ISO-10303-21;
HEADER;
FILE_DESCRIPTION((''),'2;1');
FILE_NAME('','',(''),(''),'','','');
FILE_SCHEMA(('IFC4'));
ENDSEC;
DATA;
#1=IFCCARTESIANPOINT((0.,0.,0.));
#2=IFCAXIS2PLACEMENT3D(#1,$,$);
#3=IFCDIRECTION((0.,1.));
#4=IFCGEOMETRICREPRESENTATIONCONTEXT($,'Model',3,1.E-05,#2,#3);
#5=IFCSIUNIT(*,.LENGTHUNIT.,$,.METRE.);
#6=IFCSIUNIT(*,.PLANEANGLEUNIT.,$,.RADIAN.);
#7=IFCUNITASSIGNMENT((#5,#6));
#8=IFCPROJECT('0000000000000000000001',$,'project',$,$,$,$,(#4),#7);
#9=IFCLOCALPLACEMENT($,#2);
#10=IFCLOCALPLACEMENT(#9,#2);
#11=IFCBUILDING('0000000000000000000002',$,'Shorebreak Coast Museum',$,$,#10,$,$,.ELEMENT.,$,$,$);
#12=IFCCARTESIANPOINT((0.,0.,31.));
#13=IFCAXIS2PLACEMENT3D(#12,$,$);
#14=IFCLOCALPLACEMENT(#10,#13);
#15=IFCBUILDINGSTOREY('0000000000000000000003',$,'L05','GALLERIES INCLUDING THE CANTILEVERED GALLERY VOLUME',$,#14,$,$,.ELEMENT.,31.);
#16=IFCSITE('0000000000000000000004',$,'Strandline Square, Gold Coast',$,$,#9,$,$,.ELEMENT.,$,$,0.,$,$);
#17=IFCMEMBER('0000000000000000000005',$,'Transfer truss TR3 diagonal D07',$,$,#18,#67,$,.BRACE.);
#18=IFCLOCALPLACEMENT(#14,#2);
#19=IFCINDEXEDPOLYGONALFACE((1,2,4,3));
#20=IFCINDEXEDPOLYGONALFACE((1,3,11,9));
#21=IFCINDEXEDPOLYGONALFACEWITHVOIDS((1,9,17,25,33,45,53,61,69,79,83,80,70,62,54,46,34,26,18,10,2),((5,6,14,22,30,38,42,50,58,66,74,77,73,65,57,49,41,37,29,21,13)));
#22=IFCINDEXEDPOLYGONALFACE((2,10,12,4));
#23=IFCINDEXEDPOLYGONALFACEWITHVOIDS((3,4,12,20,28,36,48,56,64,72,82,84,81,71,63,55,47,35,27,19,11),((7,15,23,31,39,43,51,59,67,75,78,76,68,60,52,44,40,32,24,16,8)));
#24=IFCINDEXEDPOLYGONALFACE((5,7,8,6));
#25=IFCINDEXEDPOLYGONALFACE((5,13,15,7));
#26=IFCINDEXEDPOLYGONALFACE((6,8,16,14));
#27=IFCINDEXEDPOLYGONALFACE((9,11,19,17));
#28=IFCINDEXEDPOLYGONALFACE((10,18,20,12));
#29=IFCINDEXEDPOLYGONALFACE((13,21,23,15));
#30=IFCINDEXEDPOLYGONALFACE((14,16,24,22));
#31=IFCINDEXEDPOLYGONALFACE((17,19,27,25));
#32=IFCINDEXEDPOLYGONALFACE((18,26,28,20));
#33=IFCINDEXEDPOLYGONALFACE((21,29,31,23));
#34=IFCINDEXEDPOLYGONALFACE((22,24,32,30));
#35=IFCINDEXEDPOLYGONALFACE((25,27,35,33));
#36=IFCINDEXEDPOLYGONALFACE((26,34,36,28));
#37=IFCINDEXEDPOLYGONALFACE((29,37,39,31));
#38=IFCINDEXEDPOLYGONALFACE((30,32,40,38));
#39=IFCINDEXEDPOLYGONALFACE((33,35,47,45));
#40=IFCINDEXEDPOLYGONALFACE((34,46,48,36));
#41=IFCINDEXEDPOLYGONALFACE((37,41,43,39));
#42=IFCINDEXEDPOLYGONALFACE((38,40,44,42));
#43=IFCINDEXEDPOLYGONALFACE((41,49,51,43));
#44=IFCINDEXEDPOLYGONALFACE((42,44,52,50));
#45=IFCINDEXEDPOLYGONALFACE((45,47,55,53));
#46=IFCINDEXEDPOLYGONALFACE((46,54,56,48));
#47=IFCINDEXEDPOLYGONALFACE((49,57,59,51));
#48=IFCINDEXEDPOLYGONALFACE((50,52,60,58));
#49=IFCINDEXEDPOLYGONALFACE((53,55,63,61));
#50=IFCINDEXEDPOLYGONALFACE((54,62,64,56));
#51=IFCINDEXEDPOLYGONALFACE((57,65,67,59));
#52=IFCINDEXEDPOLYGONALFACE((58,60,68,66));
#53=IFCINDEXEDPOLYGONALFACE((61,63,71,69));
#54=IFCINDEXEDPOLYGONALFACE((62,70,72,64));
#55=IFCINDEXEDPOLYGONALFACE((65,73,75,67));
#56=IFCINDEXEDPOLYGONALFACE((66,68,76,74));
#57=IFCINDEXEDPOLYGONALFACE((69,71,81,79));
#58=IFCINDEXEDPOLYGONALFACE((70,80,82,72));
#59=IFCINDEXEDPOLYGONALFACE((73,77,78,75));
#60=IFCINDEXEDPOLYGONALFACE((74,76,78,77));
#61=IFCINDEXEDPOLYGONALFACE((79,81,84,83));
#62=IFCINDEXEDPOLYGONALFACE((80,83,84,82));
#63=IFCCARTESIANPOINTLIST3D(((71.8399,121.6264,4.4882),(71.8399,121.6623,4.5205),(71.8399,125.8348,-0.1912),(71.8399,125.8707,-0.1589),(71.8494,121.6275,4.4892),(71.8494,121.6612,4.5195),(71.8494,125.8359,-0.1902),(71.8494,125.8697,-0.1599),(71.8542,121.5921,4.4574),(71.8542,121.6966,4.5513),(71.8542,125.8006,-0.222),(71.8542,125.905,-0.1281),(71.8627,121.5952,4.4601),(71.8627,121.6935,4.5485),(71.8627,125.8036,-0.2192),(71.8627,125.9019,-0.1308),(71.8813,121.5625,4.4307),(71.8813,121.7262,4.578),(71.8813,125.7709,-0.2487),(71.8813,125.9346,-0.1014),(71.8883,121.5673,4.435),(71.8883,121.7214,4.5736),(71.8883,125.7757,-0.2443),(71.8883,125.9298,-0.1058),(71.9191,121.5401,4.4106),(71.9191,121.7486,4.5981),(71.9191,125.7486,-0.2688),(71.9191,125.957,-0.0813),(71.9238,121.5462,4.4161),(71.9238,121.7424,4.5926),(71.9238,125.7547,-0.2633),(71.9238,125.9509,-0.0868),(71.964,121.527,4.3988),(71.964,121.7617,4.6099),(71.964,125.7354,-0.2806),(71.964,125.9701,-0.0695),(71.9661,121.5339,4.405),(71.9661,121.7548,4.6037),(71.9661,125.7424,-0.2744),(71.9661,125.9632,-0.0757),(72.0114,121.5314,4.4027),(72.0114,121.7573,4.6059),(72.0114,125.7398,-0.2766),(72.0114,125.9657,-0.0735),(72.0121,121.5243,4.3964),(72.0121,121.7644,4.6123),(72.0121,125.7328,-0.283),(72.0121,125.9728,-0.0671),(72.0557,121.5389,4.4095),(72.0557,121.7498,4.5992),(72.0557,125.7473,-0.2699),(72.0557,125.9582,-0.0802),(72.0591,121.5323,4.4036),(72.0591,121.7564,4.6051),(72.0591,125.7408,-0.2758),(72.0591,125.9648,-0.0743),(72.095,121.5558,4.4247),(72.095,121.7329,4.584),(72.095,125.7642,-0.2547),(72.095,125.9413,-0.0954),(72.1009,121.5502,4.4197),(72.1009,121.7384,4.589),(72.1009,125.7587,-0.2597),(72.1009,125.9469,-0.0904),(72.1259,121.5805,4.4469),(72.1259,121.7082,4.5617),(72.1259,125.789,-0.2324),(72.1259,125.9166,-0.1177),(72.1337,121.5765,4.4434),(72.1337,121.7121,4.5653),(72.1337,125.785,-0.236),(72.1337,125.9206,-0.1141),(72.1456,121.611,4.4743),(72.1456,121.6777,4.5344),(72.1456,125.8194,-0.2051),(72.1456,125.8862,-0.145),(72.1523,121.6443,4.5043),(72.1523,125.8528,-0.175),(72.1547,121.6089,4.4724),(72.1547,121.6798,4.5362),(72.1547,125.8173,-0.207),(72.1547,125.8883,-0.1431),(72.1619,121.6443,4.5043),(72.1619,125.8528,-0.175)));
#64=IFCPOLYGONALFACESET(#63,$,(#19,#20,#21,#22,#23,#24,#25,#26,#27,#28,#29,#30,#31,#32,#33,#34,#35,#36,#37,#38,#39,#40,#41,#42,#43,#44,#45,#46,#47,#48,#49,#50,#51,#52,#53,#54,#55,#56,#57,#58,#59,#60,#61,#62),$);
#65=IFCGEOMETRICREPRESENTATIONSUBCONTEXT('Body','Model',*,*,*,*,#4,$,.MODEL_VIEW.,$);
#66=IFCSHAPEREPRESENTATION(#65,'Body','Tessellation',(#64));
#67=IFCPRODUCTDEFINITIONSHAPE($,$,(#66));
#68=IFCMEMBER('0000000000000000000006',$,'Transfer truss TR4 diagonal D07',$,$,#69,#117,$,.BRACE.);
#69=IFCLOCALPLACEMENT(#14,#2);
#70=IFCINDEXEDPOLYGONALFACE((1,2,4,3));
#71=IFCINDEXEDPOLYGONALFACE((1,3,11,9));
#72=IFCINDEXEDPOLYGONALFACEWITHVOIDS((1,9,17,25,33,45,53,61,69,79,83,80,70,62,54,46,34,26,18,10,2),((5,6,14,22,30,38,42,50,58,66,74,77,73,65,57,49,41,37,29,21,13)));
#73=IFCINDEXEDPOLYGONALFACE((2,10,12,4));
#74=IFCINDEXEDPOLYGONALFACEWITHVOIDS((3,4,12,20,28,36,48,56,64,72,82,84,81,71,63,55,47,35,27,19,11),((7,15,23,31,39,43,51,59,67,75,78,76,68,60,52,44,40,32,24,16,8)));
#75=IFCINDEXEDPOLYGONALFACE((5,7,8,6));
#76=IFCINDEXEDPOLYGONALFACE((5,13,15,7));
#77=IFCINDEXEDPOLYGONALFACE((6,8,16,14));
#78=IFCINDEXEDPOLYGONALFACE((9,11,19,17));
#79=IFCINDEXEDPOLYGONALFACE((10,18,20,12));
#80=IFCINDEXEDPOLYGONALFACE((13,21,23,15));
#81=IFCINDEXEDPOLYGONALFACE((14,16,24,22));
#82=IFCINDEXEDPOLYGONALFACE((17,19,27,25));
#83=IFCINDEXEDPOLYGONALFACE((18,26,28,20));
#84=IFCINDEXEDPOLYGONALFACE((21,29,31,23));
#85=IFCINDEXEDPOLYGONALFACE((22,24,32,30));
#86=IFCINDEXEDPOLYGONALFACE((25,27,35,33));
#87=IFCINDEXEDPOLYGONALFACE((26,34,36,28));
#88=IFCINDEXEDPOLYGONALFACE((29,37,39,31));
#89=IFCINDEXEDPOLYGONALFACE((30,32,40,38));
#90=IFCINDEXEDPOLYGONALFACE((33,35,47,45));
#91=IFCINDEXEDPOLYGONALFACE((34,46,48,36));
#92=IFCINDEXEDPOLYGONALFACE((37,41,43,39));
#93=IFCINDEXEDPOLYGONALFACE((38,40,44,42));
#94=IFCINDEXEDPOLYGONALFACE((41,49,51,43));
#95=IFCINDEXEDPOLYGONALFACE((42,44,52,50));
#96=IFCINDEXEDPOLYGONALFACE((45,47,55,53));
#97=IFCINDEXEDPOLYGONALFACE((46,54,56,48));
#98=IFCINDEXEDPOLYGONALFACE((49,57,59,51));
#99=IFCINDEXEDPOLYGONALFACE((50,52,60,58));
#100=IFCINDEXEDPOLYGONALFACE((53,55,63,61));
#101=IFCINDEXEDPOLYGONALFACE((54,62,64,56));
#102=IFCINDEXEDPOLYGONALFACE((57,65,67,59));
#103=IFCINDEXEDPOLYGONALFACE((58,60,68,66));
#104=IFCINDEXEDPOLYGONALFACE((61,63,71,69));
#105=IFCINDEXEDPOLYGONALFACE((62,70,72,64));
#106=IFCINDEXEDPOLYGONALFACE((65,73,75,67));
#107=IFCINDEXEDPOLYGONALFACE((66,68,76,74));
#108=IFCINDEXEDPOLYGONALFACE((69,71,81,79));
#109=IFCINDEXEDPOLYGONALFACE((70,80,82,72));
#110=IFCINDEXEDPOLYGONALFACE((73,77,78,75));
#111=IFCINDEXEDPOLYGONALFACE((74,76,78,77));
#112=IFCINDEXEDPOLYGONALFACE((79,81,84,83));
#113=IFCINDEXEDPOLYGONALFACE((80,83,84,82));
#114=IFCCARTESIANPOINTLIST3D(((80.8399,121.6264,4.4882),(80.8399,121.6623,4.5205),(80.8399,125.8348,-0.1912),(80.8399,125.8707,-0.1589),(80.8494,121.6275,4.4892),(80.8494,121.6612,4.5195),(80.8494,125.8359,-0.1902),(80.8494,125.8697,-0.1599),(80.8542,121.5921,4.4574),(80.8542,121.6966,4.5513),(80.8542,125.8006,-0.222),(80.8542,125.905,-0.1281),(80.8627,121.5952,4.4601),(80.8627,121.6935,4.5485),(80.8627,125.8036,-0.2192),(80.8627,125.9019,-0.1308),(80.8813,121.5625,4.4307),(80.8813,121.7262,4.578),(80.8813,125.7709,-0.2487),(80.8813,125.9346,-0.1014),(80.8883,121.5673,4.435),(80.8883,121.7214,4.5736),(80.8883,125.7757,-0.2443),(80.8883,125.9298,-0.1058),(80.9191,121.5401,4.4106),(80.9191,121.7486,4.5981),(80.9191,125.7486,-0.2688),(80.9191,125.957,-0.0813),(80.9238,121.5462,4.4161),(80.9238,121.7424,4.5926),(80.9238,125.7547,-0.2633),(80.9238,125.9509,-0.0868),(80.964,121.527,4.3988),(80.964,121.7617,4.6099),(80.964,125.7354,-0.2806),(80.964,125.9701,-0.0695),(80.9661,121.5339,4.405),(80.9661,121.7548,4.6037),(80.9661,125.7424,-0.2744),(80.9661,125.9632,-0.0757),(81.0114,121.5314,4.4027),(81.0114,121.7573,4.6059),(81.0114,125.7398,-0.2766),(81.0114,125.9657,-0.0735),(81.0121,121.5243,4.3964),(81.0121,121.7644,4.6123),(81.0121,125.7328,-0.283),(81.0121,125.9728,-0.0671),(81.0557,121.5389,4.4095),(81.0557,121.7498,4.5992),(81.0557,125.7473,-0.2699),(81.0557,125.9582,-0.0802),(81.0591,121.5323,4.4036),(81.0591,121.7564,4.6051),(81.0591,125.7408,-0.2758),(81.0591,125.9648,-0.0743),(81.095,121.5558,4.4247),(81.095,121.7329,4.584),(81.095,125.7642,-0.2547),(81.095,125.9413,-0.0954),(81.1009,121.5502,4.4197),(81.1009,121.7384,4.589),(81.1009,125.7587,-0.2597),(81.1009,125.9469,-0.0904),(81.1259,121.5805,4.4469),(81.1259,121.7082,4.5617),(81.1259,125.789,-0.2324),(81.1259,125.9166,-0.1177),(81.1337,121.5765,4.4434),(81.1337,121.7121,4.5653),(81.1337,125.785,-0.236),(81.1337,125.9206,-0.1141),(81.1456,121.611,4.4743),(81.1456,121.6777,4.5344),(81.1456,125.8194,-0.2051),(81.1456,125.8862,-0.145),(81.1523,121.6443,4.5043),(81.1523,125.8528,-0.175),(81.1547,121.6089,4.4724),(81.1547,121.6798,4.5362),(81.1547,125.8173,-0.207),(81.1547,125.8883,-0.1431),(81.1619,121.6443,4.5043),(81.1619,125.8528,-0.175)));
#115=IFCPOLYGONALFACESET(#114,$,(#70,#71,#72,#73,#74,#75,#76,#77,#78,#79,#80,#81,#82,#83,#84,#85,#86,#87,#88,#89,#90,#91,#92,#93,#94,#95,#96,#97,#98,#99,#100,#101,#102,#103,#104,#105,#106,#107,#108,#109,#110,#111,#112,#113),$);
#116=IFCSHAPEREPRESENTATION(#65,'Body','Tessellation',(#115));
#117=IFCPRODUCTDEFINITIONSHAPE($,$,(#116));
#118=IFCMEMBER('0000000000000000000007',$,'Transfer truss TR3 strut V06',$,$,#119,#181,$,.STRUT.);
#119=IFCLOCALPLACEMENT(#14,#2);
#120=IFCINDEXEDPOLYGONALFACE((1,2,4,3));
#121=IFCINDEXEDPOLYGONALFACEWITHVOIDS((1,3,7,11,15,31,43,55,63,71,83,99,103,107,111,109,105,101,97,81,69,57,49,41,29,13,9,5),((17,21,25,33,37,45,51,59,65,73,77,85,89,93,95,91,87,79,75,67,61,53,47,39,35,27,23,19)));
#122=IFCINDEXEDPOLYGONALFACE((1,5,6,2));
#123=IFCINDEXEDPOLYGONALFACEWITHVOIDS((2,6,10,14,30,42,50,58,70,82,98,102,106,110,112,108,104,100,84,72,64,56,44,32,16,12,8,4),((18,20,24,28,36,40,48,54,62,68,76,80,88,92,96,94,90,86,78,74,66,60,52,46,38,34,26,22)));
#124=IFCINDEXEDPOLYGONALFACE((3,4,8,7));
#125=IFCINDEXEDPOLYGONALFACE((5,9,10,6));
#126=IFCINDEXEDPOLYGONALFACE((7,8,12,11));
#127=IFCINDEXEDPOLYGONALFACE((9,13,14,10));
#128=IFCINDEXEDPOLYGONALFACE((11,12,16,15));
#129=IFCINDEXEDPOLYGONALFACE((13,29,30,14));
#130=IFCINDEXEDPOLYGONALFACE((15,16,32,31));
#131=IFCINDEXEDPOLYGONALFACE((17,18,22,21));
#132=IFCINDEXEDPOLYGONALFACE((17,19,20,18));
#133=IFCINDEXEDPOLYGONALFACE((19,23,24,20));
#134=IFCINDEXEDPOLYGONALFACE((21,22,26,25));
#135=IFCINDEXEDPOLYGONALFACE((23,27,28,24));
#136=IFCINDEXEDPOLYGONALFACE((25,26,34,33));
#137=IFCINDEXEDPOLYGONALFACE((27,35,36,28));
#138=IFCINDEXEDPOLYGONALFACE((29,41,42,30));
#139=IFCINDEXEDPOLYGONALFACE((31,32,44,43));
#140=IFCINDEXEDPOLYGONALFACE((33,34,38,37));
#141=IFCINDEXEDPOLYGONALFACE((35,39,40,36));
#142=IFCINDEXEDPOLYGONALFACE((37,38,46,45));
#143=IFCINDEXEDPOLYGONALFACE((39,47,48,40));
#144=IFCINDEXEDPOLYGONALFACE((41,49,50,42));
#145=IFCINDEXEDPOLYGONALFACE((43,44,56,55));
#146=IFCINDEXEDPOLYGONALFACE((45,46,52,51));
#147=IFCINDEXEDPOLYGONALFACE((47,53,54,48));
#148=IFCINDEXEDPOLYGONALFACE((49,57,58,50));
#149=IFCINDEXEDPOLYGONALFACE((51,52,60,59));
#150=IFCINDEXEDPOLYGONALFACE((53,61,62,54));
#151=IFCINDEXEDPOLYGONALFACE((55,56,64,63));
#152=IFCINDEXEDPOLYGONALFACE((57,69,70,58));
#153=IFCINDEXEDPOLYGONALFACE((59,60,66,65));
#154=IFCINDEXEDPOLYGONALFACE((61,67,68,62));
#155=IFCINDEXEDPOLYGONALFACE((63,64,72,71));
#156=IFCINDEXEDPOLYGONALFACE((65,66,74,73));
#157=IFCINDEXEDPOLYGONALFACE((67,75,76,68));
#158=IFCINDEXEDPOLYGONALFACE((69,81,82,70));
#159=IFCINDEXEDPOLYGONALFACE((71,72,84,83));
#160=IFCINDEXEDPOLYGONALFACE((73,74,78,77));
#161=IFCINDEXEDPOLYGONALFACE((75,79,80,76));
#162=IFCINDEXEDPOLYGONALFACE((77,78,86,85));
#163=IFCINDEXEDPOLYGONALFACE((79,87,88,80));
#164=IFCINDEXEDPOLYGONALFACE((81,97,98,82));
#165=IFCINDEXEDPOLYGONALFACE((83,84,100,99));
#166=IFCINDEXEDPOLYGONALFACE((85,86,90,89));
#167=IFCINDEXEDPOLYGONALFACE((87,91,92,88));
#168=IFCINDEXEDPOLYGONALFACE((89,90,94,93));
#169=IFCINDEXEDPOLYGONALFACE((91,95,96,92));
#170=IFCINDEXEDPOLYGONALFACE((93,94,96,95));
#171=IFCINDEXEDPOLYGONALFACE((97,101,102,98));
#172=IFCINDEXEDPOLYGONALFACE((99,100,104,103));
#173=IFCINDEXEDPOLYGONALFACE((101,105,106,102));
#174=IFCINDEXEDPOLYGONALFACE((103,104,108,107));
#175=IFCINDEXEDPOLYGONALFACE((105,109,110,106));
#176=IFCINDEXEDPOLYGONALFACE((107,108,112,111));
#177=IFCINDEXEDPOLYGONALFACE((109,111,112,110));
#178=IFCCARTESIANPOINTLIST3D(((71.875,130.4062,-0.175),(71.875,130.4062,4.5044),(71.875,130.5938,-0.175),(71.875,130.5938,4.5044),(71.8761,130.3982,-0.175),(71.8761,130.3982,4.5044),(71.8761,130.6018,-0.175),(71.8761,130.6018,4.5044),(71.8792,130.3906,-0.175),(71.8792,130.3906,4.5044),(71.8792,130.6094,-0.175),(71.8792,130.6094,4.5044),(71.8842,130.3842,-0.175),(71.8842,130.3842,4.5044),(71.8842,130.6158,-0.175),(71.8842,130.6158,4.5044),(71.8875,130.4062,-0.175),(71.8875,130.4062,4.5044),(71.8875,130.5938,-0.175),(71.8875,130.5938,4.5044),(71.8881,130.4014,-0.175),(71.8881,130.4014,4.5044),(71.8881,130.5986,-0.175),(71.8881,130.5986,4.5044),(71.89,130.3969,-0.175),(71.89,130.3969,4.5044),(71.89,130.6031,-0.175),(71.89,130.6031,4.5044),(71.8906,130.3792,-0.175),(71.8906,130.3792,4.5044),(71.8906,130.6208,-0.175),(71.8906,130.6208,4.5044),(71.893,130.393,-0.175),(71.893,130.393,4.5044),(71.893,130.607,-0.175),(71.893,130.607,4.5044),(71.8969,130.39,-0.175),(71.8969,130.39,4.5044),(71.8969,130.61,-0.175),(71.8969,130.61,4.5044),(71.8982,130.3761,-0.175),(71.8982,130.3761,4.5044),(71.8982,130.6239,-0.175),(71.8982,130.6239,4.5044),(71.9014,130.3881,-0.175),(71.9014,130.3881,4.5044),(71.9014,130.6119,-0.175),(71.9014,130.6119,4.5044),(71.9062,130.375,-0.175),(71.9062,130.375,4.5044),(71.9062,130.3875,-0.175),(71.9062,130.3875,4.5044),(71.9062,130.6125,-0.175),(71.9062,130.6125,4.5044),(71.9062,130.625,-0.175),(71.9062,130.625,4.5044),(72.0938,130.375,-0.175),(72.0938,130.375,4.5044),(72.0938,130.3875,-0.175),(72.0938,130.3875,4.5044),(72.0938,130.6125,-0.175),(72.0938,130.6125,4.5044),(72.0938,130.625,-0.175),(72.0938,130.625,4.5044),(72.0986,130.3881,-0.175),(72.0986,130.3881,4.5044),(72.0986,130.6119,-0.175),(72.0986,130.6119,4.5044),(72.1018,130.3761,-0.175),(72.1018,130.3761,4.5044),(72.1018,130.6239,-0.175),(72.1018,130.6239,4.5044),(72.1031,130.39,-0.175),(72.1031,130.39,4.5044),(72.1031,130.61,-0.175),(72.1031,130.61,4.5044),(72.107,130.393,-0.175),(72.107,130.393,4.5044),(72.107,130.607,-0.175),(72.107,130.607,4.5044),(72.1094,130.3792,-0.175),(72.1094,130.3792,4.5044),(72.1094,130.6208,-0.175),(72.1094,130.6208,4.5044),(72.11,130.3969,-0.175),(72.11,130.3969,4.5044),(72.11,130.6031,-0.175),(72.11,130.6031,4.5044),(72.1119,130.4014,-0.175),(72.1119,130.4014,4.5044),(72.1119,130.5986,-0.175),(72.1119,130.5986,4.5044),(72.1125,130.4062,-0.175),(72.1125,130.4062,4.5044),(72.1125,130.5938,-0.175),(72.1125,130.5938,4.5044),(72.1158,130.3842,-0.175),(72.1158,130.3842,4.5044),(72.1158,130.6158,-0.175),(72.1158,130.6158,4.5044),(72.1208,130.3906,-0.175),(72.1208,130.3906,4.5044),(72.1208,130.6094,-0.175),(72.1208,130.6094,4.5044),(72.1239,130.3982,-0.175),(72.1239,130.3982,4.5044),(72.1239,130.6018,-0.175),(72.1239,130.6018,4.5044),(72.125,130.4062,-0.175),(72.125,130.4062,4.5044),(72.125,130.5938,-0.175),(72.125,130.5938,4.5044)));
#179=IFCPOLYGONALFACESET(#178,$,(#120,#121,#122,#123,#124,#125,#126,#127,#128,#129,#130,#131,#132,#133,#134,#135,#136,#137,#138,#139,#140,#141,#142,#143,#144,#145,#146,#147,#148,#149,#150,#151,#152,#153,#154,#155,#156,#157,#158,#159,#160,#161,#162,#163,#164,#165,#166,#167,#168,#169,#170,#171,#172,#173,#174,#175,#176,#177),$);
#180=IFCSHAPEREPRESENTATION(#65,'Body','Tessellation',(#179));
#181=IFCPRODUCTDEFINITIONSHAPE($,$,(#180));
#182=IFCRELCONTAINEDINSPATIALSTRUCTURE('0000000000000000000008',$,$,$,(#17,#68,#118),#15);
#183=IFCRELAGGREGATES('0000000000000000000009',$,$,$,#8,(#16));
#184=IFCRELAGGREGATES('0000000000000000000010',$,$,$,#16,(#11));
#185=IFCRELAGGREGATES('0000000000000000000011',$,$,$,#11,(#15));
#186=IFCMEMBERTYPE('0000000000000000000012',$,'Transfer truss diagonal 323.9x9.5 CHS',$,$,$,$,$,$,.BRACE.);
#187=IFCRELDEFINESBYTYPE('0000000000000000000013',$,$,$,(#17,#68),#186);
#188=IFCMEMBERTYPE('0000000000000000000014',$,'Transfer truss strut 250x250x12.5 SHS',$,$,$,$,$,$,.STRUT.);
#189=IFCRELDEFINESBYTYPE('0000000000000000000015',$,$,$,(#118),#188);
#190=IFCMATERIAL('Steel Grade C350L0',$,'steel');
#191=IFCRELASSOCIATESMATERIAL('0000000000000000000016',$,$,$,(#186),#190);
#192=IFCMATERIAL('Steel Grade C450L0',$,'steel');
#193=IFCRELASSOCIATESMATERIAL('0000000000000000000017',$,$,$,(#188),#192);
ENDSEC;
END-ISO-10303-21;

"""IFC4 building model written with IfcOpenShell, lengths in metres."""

from ifc_helpers import new_model, si_unit, direction, frame, origin, origin_2d, place, context, subcontext, project, spatial, hollow_rectangle, hollow_circle, extrude, material, material_profile, profile_set, type_object, element, save


model = new_model("IFC4")

# Units and contexts
model_context = context("Model", 3, precision=1e-05, world=origin(), true_north=direction((0.0, 1.0)))
body_context = subcontext(model_context, "Body", "Model", "MODEL_VIEW")
ifc_project = project(units=[si_unit("LENGTHUNIT", "METRE"), si_unit("PLANEANGLEUNIT", "RADIAN")], contexts=[model_context])

# Site, building, storey
site_placement = place(None, origin())
site = spatial("IfcSite", under=ifc_project, at=site_placement, Name="Strandline Square, Gold Coast", CompositionType="ELEMENT", RefElevation=0.0)
building_placement = place(site_placement, origin())
building = spatial("IfcBuilding", under=site, at=building_placement, Name="Shorebreak Coast Museum", CompositionType="ELEMENT")
storey_placement = place(building_placement, frame((0.0, 0.0, 31.0)))
storey = spatial("IfcBuildingStorey", under=building, at=storey_placement, Name="L05", Description="GALLERIES INCLUDING THE CANTILEVERED GALLERY VOLUME", CompositionType="ELEMENT", Elevation=31.0)

# Members
ifc_material_1 = material(Name="Steel Grade C350L0", Category="steel")
ifc_material_profile_1 = material_profile(ifc_material_1, hollow_circle(Radius=0.1619, WallThickness=0.0095, at=origin_2d()), Name="323.9x9.5 CHS")
ifc_profile_set_1 = profile_set([ifc_material_profile_1], Name="Steel Grade C350L0")
member_type_1 = type_object("IfcMemberType", Name="Transfer truss diagonal 323.9x9.5 CHS", PredefinedType="BRACE", material=ifc_profile_set_1)
for number, where, z_axis, x_axis, name in (
    (1, (72.0, 125.8528, -0.175), (0.0, -0.668701, 0.743531), (1.0, 0.0, 0.0), "Transfer truss TR3 diagonal D07"),
    (2, (81.0, 125.8528, -0.175), (0.0, -0.668701, 0.743531), (1.0, 0.0, 0.0), "Transfer truss TR4 diagonal D07"),
):
    element("IfcMember", number, at=place(storey_placement, frame(where, z_axis=z_axis, x_axis=x_axis)), inside=storey, type_object=member_type_1, Name=name, PredefinedType="BRACE", context=body_context, shape_type="SweptSolid", body=[
        extrude(hollow_circle(Radius=0.1619, WallThickness=0.0095, at=origin_2d()), origin(), (0.0, 0.0, 1.0), 6.2935),
    ])
ifc_material_2 = material(Name="Steel Grade C450L0", Category="steel")
ifc_material_profile_2 = material_profile(ifc_material_2, hollow_rectangle(XDim=0.25, YDim=0.25, WallThickness=0.0125, InnerFilletRadius=0.0188, OuterFilletRadius=0.0312, at=origin_2d()), Name="250x250x12.5 SHS")
ifc_profile_set_2 = profile_set([ifc_material_profile_2], Name="Steel Grade C450L0")
member_type_2 = type_object("IfcMemberType", Name="Transfer truss strut 250x250x12.5 SHS", PredefinedType="STRUT", material=ifc_profile_set_2)
for number, where, z_axis, x_axis, name in (
    (3, (72.0, 130.5, -0.175), (0.0, 0.0, 1.0), (1.0, 0.0, 0.0), "Transfer truss TR3 strut V06"),
):
    element("IfcMember", number, at=place(storey_placement, frame(where, z_axis=z_axis, x_axis=x_axis)), inside=storey, type_object=member_type_2, Name=name, PredefinedType="STRUT", context=body_context, shape_type="SweptSolid", body=[
        extrude(hollow_rectangle(XDim=0.25, YDim=0.25, WallThickness=0.0125, InnerFilletRadius=0.0188, OuterFilletRadius=0.0312, at=origin_2d()), origin(), (0.0, 0.0, 1.0), 4.6794),
    ])

save(model, "model.ifc")
